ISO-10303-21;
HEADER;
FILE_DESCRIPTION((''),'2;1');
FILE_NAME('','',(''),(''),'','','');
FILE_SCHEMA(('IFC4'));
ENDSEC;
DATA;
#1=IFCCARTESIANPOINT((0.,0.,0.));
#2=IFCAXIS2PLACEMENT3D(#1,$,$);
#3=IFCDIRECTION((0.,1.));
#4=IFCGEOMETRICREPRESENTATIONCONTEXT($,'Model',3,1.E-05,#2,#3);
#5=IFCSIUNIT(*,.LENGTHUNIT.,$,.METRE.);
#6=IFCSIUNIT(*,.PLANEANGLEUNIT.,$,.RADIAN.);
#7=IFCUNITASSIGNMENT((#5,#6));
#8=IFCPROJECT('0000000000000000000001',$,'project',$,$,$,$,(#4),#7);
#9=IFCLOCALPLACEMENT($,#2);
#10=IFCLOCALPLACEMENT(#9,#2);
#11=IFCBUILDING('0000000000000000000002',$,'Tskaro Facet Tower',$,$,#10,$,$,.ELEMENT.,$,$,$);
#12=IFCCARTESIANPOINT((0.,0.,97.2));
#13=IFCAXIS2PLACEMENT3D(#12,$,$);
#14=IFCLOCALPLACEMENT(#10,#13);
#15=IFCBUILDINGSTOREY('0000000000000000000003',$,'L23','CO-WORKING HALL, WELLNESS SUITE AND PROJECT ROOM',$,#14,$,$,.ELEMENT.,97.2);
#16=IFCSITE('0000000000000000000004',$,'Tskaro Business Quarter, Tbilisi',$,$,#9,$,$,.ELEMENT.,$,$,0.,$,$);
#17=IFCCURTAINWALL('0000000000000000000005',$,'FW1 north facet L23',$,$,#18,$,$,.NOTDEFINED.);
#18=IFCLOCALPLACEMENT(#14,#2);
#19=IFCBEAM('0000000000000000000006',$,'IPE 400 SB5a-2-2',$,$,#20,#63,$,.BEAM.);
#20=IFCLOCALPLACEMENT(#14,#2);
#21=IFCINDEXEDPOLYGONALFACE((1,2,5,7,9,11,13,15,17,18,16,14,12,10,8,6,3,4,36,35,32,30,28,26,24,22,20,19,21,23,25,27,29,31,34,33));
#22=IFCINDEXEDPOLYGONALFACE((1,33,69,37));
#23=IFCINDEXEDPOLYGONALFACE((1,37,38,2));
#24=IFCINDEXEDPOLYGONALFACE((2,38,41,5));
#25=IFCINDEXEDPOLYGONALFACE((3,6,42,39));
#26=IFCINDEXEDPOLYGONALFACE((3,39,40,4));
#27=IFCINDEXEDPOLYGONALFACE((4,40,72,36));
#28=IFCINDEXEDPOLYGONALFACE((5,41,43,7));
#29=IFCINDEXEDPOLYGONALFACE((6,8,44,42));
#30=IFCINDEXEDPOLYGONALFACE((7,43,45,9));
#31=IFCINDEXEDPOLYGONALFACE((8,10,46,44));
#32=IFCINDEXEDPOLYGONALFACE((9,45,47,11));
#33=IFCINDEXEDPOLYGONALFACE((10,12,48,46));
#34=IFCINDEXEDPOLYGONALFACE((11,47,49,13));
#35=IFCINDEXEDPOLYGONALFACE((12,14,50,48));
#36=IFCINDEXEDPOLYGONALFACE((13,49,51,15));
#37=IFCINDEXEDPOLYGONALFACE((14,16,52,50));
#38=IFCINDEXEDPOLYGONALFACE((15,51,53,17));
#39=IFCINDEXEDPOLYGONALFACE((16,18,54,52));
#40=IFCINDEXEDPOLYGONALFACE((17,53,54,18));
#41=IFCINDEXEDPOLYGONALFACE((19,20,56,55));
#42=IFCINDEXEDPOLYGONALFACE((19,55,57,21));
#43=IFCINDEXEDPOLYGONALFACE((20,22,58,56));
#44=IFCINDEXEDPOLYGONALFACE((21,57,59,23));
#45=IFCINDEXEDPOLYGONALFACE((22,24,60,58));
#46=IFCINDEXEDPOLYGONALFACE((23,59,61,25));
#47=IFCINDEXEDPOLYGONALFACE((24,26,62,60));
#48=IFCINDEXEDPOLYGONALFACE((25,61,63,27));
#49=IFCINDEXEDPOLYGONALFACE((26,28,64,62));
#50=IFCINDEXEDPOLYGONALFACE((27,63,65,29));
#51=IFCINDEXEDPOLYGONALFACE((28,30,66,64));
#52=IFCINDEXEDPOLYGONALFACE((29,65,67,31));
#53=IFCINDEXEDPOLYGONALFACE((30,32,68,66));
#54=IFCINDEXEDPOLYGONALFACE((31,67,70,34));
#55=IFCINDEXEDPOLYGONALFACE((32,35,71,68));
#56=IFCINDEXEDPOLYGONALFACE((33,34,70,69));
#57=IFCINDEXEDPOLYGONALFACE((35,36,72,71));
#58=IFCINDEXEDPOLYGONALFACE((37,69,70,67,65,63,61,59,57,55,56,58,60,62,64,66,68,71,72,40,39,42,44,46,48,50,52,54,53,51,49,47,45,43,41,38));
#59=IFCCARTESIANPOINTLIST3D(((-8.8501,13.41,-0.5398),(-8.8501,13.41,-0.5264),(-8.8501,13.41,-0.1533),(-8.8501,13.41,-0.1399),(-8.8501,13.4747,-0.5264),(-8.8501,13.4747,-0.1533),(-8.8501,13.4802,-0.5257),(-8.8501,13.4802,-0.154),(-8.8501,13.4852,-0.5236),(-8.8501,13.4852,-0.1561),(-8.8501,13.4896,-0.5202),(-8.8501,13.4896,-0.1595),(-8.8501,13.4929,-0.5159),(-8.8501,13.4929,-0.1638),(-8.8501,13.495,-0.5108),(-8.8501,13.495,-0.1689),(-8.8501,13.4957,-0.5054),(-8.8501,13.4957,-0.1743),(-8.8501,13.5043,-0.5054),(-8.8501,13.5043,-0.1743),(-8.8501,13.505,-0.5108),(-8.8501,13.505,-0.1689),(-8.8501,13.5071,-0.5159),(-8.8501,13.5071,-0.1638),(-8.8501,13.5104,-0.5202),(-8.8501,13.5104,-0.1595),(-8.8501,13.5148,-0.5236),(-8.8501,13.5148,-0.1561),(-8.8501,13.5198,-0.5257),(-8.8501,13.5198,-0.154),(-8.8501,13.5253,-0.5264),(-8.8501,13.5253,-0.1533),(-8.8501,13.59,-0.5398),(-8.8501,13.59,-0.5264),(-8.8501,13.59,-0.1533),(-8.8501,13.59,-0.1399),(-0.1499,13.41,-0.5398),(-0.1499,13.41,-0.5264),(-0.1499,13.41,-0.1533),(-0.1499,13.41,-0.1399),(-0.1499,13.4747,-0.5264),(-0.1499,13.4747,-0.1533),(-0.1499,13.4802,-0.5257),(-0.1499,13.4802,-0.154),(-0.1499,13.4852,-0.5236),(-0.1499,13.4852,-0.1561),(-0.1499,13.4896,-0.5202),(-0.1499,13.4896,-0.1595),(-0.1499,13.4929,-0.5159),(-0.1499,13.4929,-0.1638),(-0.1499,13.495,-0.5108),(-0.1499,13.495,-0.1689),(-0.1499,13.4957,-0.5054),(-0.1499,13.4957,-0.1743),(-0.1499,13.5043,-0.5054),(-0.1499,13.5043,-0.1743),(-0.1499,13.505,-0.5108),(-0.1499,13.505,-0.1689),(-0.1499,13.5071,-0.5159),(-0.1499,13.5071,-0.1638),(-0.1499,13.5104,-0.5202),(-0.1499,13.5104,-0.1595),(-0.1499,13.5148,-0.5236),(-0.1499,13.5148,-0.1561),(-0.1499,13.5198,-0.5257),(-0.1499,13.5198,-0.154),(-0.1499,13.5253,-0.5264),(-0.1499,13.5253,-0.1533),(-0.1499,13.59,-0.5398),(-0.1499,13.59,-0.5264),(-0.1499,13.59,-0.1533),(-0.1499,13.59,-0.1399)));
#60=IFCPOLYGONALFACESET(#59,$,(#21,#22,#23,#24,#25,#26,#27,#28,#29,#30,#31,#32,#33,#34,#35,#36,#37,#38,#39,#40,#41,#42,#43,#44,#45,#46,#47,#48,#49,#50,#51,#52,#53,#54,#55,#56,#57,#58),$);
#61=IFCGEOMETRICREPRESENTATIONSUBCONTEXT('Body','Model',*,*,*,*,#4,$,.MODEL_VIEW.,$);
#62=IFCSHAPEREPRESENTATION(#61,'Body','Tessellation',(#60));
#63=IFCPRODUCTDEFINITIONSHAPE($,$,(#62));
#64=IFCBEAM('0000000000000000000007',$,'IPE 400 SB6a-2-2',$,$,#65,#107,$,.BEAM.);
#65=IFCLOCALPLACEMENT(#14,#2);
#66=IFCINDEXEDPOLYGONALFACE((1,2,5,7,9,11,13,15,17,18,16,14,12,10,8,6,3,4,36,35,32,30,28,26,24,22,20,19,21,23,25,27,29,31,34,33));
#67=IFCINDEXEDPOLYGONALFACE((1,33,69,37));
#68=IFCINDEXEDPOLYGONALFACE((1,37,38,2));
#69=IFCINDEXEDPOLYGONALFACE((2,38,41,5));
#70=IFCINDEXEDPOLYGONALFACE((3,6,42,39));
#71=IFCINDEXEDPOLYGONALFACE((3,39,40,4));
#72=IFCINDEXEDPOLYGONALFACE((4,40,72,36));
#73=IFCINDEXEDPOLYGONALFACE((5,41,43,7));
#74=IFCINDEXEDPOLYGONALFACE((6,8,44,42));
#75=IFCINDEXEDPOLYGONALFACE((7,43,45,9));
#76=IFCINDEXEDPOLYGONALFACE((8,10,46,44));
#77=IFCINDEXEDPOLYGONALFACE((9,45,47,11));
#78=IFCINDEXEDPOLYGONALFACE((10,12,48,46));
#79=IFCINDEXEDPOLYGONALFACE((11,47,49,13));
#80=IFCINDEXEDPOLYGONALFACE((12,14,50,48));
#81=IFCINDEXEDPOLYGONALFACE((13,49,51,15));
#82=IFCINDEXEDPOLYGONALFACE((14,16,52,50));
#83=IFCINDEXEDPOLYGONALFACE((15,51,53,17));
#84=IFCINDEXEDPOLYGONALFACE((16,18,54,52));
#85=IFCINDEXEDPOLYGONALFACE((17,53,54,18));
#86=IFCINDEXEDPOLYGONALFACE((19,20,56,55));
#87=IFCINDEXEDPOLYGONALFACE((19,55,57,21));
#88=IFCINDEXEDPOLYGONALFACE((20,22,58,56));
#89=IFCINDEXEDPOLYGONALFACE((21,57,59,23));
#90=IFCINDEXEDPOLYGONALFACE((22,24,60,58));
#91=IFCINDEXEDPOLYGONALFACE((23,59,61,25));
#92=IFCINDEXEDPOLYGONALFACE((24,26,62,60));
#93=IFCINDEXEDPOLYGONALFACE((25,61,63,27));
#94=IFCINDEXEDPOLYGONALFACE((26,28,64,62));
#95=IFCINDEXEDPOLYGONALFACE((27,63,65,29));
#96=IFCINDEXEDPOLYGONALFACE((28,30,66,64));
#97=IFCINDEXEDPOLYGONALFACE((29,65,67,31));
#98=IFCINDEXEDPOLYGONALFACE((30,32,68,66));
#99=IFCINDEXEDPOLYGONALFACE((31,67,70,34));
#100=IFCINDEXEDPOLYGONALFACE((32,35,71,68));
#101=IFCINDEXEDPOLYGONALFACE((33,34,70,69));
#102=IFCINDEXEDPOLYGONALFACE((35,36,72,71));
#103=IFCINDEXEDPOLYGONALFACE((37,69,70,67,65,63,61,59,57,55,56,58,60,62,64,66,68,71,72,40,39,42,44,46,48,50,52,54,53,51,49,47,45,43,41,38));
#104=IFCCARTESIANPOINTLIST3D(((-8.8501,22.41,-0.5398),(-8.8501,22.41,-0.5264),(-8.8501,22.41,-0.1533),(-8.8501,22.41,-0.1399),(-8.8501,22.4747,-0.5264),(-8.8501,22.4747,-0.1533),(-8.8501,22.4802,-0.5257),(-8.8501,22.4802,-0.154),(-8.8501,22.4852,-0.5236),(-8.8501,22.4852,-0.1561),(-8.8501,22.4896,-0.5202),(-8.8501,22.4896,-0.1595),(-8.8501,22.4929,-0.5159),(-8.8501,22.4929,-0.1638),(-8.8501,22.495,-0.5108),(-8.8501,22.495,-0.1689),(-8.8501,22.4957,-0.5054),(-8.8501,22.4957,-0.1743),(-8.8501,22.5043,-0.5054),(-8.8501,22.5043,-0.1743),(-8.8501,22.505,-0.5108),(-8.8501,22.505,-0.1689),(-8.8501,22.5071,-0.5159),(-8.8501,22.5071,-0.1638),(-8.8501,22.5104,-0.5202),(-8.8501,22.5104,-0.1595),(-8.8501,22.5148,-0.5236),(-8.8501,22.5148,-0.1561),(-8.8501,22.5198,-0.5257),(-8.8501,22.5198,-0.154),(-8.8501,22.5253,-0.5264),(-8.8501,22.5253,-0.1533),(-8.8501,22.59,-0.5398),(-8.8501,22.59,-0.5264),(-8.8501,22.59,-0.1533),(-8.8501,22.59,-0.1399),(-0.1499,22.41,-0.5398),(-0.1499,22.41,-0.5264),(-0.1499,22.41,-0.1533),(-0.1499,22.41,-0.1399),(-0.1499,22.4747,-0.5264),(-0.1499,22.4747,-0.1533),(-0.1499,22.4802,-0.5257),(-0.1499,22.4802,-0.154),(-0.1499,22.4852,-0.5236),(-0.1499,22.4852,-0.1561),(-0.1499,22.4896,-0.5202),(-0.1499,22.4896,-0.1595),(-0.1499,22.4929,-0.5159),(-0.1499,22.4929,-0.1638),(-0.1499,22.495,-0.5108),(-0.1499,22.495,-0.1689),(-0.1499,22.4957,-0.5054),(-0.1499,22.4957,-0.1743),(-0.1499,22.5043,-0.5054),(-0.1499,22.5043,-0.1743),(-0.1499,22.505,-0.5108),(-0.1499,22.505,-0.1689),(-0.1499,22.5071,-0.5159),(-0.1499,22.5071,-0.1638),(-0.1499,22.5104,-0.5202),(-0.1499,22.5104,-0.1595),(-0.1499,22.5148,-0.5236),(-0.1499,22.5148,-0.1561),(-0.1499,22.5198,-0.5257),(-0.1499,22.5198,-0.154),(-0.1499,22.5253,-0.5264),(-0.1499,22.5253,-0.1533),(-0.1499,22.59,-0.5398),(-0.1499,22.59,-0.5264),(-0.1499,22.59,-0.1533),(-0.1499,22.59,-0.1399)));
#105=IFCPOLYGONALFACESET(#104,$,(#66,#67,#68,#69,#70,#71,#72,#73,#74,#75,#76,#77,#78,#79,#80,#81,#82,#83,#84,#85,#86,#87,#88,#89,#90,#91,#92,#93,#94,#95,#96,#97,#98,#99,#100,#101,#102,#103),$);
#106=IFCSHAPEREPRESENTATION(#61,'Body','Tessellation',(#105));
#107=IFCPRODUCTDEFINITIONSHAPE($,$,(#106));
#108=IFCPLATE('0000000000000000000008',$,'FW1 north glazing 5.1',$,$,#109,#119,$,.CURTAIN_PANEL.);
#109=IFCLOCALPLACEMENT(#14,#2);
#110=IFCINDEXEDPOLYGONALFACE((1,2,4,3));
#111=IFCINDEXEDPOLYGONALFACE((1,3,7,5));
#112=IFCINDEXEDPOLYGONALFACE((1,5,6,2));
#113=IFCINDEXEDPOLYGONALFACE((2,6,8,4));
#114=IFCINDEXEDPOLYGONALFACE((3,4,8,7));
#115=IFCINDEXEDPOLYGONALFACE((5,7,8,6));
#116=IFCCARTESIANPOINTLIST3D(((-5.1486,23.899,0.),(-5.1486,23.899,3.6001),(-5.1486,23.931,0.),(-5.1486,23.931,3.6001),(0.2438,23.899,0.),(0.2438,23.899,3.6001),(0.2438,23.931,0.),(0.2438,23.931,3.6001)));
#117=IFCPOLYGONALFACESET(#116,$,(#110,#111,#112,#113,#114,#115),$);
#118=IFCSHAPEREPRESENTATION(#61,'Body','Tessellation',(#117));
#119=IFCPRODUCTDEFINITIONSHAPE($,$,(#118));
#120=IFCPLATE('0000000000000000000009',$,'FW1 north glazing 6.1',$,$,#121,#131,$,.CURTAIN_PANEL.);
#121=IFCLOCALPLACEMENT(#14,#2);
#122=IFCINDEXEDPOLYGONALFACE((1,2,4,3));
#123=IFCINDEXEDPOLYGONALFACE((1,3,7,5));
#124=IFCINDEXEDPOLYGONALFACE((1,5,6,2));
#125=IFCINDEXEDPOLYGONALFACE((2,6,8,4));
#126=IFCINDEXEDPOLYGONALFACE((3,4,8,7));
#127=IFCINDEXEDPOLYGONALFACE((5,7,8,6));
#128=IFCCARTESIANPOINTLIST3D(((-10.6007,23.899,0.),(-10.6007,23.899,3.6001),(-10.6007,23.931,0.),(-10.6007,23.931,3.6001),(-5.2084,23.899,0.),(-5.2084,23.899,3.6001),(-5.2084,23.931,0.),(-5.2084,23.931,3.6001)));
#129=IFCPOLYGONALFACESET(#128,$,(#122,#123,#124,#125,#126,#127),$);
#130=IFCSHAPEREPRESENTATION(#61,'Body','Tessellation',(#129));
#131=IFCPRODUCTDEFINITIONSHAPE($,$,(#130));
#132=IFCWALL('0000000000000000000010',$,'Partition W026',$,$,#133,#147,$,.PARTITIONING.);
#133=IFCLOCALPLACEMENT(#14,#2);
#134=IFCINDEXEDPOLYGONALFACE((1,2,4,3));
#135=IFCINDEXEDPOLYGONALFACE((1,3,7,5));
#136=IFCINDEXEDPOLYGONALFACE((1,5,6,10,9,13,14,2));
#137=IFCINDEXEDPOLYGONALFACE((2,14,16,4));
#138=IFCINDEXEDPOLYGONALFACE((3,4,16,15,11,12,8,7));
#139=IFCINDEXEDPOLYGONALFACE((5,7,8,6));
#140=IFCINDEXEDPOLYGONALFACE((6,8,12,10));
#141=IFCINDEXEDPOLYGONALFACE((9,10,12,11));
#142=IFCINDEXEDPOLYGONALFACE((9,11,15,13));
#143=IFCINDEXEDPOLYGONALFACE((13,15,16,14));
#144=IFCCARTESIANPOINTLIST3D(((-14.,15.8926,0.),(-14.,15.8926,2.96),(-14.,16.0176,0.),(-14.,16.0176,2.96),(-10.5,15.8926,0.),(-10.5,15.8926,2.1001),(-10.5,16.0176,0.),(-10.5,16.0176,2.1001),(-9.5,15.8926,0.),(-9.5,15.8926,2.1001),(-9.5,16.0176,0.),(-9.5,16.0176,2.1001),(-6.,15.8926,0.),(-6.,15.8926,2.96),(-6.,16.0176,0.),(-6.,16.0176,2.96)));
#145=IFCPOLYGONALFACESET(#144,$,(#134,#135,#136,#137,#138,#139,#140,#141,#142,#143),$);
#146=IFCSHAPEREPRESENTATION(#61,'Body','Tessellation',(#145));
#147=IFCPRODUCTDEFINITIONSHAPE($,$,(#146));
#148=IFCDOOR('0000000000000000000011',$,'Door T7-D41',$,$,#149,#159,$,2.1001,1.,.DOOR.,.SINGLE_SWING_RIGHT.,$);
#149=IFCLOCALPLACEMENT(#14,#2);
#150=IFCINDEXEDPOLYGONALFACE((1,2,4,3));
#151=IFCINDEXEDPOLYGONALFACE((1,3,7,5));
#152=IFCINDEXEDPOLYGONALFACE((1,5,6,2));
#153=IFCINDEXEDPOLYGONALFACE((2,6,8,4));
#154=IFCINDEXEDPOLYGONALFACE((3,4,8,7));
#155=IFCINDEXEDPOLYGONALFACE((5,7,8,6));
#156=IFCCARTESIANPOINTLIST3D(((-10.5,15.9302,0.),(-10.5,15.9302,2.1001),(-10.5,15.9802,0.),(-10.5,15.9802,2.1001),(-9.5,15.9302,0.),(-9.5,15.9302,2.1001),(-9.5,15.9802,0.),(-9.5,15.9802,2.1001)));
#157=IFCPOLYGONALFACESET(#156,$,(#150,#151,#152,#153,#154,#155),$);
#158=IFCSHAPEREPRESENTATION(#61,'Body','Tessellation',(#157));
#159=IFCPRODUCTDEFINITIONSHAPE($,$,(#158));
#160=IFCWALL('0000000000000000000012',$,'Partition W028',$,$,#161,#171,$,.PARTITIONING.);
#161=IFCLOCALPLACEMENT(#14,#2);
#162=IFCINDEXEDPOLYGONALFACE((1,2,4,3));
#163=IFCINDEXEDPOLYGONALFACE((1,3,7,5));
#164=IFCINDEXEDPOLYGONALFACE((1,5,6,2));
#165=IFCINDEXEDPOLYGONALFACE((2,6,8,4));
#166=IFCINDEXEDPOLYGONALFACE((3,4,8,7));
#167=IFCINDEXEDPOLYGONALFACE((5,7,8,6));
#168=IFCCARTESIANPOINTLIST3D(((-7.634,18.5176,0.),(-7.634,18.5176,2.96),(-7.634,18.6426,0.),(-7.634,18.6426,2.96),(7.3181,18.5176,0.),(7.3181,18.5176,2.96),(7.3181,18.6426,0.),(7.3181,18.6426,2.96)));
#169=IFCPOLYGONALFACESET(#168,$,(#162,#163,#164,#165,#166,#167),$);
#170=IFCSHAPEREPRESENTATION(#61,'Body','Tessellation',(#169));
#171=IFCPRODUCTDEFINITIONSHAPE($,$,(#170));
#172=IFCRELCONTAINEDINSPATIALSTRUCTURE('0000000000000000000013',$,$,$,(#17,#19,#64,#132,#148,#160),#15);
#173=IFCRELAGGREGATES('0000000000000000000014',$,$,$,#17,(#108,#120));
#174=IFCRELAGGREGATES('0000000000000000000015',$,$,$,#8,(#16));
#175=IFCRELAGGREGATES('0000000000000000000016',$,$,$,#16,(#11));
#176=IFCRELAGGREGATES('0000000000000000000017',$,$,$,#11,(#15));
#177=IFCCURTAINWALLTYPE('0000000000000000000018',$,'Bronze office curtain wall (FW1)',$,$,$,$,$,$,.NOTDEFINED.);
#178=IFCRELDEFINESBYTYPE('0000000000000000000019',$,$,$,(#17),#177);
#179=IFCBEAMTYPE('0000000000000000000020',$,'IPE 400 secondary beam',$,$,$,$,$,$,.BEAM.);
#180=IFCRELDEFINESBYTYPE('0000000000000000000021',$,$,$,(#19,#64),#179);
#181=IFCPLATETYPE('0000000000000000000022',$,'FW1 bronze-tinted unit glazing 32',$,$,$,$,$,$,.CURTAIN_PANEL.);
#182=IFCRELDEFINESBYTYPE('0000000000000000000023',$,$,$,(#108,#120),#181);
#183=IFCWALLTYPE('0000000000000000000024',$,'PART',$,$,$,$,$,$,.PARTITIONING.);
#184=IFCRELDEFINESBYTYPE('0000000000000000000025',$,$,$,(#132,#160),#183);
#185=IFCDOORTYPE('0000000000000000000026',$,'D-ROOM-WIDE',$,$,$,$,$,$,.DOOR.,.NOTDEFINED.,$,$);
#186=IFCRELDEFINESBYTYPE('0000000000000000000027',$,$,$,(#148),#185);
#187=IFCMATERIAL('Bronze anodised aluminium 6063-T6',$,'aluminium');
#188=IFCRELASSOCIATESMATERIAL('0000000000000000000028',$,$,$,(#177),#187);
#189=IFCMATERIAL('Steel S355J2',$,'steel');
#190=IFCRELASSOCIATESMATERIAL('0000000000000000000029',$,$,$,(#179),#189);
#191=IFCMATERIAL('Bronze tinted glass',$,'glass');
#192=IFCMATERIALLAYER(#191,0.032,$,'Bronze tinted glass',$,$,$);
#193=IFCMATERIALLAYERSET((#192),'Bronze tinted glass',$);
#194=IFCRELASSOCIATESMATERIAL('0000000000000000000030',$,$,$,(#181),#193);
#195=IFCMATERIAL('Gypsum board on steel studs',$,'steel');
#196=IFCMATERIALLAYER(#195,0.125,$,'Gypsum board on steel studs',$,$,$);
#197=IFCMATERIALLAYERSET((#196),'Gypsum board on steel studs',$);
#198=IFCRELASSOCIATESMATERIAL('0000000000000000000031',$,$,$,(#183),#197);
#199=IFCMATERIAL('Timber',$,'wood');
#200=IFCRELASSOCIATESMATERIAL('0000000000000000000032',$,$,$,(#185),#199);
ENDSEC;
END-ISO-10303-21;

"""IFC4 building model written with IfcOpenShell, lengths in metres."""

from ifc_helpers import new_model, si_unit, direction, frame, frame_2d, origin, origin_2d, place, context, subcontext, project, spatial, rectangle, i_section, extrude, material, layer, layer_set, material_profile, profile_set, type_object, element, fill, aggregate, save


model = new_model("IFC4")

# Units and contexts
model_context = context("Model", 3, precision=1e-05, world=origin(), true_north=direction((0.0, 1.0)))
body_context = subcontext(model_context, "Body", "Model", "MODEL_VIEW")
ifc_project = project(units=[si_unit("LENGTHUNIT", "METRE"), si_unit("PLANEANGLEUNIT", "RADIAN")], contexts=[model_context])

# Site, building, storey
site_placement = place(None, origin())
site = spatial("IfcSite", under=ifc_project, at=site_placement, Name="Tskaro Business Quarter, Tbilisi", CompositionType="ELEMENT", RefElevation=0.0)
building_placement = place(site_placement, origin())
building = spatial("IfcBuilding", under=site, at=building_placement, Name="Tskaro Facet Tower", CompositionType="ELEMENT")
storey_placement = place(building_placement, frame((0.0, 0.0, 97.2)))
storey = spatial("IfcBuildingStorey", under=building, at=storey_placement, Name="L23", Description="CO-WORKING HALL, WELLNESS SUITE AND PROJECT ROOM", CompositionType="ELEMENT", Elevation=97.2)

# Curtain wall
ifc_material_1 = material(Name="Bronze anodised aluminium 6063-T6", Category="aluminium")
curtain_wall_type = type_object("IfcCurtainWallType", Name="Bronze office curtain wall (FW1)", PredefinedType="NOTDEFINED", material=ifc_material_1)
curtain_wall_placement = place(storey_placement, origin())
curtain_wall = element("IfcCurtainWall", 1, at=curtain_wall_placement, inside=storey, type_object=curtain_wall_type, Name="FW1 north facet L23", PredefinedType="NOTDEFINED")

# Beams
ifc_material_2 = material(Name="Steel S355J2", Category="steel")
ifc_material_profile_1 = material_profile(ifc_material_2, i_section(OverallWidth=0.1799, OverallDepth=0.3999, WebThickness=0.0085, FlangeThickness=0.0134, FilletRadius=0.021, at=origin_2d()), Name="IPE 400")
ifc_profile_set_1 = profile_set([ifc_material_profile_1], Name="Steel S355J2")
beam_type_1 = type_object("IfcBeamType", Name="IPE 400 secondary beam", PredefinedType="BEAM", material=ifc_profile_set_1)
for number, where, z_axis, x_axis, name in (
    (2, (-8.8501, 13.5, -0.3398), (1.0, 0.0, 0.0), (0.0, 1.0, 0.0), "IPE 400 SB5a-2-2"),
    (3, (-8.8501, 22.5, -0.3398), (1.0, 0.0, 0.0), (0.0, 1.0, 0.0), "IPE 400 SB6a-2-2"),
):
    element("IfcBeam", number, at=place(storey_placement, frame(where, z_axis=z_axis, x_axis=x_axis)), inside=storey, type_object=beam_type_1, Name=name, PredefinedType="BEAM", context=body_context, shape_type="SweptSolid", body=[
        extrude(i_section(OverallWidth=0.1799, OverallDepth=0.3999, WebThickness=0.0085, FlangeThickness=0.0134, FilletRadius=0.021, at=origin_2d()), origin(), (0.0, 0.0, 1.0), 8.7002),
    ])

# Plates
ifc_material_3 = material(Name="Bronze tinted glass", Category="glass")
ifc_layer_1 = layer(ifc_material_3, 0.032, Name="Bronze tinted glass")
ifc_layer_set_1 = layer_set([ifc_layer_1], Name="Bronze tinted glass")
plate_type = type_object("IfcPlateType", Name="FW1 bronze-tinted unit glazing 32", PredefinedType="CURTAIN_PANEL", material=ifc_layer_set_1)
plate_1_placement = place(storey_placement, frame((-2.4524, 23.915, 0.0), z_axis=(0.0, 0.0, 1.0), x_axis=(-1.0, 0.0, 0.0)))
plate_1 = element("IfcPlate", 4, at=plate_1_placement, type_object=plate_type, Name="FW1 north glazing 5.1", PredefinedType="CURTAIN_PANEL", context=body_context, shape_type="SweptSolid", body=[
    extrude(rectangle(XDim=5.3923, YDim=0.032, at=origin_2d()), origin(), (0.0, 0.0, 1.0), 3.6001),
])
plate_2_placement = place(storey_placement, frame((-7.9045, 23.915, 0.0), z_axis=(0.0, 0.0, 1.0), x_axis=(-1.0, 0.0, 0.0)))
plate_2 = element("IfcPlate", 5, at=plate_2_placement, type_object=plate_type, Name="FW1 north glazing 6.1", PredefinedType="CURTAIN_PANEL", context=body_context, shape_type="SweptSolid", body=[
    extrude(rectangle(XDim=5.3923, YDim=0.032, at=origin_2d()), origin(), (0.0, 0.0, 1.0), 3.6001),
])
aggregate(curtain_wall, [plate_1, plate_2])

# Wall, opening, door
ifc_material_4 = material(Name="Gypsum board on steel studs", Category="steel")
ifc_layer_2 = layer(ifc_material_4, 0.125, Name="Gypsum board on steel studs")
ifc_layer_set_2 = layer_set([ifc_layer_2], Name="Gypsum board on steel studs")
wall_type = type_object("IfcWallType", Name="PART", PredefinedType="PARTITIONING", material=ifc_layer_set_2)
wall_1_placement = place(storey_placement, frame((-6.0, 15.9551, 0.0), z_axis=(0.0, 0.0, 1.0), x_axis=(-1.0, 0.0, 0.0)))
wall_1 = element("IfcWall", 6, at=wall_1_placement, inside=storey, type_object=wall_type, Name="Partition W026", PredefinedType="PARTITIONING", context=body_context, shape_type="SweptSolid", body=[
    extrude(rectangle(XDim=8.0, YDim=0.125, at=frame_2d((4.0, 0.0))), origin(), (0.0, 0.0, 1.0), 2.96),
])
opening_1_placement = place(wall_1_placement, frame((3.5, 0.0, 0.0)))
opening_1 = element("IfcOpeningElement", 7, at=opening_1_placement, cuts=wall_1, PredefinedType="OPENING", context=body_context, shape_type="SweptSolid", body=[
    extrude(rectangle(XDim=1.0, YDim=2.1001, at=frame_2d((0.5, 1.05))), frame((0.0, 0.0725, 0.0), z_axis=(0.0, -1.0, 0.0), x_axis=(1.0, 0.0, 0.0)), (0.0, 0.0, 1.0), 0.145),
])
ifc_material_5 = material(Name="Timber", Category="wood")
door_type = type_object("IfcDoorType", Name="D-ROOM-WIDE", OperationType="NOTDEFINED", PredefinedType="DOOR", material=ifc_material_5)
door_1_placement = place(opening_1_placement, origin())
door_1 = element("IfcDoor", 8, at=door_1_placement, inside=storey, type_object=door_type, Name="Door T7-D41", OperationType="SINGLE_SWING_RIGHT", OverallHeight=2.1001, OverallWidth=1.0, PredefinedType="DOOR", context=body_context, shape_type="SweptSolid", body=[
    extrude(rectangle(XDim=1.0, YDim=2.1001, at=frame_2d((0.5, 1.05))), frame((0.0, 0.0249, 0.0), z_axis=(0.0, -1.0, 0.0), x_axis=(1.0, 0.0, 0.0)), (0.0, 0.0, 1.0), 0.05),
])
fill(opening_1, door_1)

# Wall
wall_2_placement = place(storey_placement, frame((-7.634, 18.5801, 0.0), z_axis=(0.0, 0.0, 1.0), x_axis=(1.0, 0.0, 0.0)))
element("IfcWall", 9, at=wall_2_placement, inside=storey, type_object=wall_type, Name="Partition W028", PredefinedType="PARTITIONING", context=body_context, shape_type="SweptSolid", body=[
    extrude(rectangle(XDim=14.9521, YDim=0.125, at=frame_2d((7.4761, 0.0))), origin(), (0.0, 0.0, 1.0), 2.96),
])

save(model, "model.ifc")
